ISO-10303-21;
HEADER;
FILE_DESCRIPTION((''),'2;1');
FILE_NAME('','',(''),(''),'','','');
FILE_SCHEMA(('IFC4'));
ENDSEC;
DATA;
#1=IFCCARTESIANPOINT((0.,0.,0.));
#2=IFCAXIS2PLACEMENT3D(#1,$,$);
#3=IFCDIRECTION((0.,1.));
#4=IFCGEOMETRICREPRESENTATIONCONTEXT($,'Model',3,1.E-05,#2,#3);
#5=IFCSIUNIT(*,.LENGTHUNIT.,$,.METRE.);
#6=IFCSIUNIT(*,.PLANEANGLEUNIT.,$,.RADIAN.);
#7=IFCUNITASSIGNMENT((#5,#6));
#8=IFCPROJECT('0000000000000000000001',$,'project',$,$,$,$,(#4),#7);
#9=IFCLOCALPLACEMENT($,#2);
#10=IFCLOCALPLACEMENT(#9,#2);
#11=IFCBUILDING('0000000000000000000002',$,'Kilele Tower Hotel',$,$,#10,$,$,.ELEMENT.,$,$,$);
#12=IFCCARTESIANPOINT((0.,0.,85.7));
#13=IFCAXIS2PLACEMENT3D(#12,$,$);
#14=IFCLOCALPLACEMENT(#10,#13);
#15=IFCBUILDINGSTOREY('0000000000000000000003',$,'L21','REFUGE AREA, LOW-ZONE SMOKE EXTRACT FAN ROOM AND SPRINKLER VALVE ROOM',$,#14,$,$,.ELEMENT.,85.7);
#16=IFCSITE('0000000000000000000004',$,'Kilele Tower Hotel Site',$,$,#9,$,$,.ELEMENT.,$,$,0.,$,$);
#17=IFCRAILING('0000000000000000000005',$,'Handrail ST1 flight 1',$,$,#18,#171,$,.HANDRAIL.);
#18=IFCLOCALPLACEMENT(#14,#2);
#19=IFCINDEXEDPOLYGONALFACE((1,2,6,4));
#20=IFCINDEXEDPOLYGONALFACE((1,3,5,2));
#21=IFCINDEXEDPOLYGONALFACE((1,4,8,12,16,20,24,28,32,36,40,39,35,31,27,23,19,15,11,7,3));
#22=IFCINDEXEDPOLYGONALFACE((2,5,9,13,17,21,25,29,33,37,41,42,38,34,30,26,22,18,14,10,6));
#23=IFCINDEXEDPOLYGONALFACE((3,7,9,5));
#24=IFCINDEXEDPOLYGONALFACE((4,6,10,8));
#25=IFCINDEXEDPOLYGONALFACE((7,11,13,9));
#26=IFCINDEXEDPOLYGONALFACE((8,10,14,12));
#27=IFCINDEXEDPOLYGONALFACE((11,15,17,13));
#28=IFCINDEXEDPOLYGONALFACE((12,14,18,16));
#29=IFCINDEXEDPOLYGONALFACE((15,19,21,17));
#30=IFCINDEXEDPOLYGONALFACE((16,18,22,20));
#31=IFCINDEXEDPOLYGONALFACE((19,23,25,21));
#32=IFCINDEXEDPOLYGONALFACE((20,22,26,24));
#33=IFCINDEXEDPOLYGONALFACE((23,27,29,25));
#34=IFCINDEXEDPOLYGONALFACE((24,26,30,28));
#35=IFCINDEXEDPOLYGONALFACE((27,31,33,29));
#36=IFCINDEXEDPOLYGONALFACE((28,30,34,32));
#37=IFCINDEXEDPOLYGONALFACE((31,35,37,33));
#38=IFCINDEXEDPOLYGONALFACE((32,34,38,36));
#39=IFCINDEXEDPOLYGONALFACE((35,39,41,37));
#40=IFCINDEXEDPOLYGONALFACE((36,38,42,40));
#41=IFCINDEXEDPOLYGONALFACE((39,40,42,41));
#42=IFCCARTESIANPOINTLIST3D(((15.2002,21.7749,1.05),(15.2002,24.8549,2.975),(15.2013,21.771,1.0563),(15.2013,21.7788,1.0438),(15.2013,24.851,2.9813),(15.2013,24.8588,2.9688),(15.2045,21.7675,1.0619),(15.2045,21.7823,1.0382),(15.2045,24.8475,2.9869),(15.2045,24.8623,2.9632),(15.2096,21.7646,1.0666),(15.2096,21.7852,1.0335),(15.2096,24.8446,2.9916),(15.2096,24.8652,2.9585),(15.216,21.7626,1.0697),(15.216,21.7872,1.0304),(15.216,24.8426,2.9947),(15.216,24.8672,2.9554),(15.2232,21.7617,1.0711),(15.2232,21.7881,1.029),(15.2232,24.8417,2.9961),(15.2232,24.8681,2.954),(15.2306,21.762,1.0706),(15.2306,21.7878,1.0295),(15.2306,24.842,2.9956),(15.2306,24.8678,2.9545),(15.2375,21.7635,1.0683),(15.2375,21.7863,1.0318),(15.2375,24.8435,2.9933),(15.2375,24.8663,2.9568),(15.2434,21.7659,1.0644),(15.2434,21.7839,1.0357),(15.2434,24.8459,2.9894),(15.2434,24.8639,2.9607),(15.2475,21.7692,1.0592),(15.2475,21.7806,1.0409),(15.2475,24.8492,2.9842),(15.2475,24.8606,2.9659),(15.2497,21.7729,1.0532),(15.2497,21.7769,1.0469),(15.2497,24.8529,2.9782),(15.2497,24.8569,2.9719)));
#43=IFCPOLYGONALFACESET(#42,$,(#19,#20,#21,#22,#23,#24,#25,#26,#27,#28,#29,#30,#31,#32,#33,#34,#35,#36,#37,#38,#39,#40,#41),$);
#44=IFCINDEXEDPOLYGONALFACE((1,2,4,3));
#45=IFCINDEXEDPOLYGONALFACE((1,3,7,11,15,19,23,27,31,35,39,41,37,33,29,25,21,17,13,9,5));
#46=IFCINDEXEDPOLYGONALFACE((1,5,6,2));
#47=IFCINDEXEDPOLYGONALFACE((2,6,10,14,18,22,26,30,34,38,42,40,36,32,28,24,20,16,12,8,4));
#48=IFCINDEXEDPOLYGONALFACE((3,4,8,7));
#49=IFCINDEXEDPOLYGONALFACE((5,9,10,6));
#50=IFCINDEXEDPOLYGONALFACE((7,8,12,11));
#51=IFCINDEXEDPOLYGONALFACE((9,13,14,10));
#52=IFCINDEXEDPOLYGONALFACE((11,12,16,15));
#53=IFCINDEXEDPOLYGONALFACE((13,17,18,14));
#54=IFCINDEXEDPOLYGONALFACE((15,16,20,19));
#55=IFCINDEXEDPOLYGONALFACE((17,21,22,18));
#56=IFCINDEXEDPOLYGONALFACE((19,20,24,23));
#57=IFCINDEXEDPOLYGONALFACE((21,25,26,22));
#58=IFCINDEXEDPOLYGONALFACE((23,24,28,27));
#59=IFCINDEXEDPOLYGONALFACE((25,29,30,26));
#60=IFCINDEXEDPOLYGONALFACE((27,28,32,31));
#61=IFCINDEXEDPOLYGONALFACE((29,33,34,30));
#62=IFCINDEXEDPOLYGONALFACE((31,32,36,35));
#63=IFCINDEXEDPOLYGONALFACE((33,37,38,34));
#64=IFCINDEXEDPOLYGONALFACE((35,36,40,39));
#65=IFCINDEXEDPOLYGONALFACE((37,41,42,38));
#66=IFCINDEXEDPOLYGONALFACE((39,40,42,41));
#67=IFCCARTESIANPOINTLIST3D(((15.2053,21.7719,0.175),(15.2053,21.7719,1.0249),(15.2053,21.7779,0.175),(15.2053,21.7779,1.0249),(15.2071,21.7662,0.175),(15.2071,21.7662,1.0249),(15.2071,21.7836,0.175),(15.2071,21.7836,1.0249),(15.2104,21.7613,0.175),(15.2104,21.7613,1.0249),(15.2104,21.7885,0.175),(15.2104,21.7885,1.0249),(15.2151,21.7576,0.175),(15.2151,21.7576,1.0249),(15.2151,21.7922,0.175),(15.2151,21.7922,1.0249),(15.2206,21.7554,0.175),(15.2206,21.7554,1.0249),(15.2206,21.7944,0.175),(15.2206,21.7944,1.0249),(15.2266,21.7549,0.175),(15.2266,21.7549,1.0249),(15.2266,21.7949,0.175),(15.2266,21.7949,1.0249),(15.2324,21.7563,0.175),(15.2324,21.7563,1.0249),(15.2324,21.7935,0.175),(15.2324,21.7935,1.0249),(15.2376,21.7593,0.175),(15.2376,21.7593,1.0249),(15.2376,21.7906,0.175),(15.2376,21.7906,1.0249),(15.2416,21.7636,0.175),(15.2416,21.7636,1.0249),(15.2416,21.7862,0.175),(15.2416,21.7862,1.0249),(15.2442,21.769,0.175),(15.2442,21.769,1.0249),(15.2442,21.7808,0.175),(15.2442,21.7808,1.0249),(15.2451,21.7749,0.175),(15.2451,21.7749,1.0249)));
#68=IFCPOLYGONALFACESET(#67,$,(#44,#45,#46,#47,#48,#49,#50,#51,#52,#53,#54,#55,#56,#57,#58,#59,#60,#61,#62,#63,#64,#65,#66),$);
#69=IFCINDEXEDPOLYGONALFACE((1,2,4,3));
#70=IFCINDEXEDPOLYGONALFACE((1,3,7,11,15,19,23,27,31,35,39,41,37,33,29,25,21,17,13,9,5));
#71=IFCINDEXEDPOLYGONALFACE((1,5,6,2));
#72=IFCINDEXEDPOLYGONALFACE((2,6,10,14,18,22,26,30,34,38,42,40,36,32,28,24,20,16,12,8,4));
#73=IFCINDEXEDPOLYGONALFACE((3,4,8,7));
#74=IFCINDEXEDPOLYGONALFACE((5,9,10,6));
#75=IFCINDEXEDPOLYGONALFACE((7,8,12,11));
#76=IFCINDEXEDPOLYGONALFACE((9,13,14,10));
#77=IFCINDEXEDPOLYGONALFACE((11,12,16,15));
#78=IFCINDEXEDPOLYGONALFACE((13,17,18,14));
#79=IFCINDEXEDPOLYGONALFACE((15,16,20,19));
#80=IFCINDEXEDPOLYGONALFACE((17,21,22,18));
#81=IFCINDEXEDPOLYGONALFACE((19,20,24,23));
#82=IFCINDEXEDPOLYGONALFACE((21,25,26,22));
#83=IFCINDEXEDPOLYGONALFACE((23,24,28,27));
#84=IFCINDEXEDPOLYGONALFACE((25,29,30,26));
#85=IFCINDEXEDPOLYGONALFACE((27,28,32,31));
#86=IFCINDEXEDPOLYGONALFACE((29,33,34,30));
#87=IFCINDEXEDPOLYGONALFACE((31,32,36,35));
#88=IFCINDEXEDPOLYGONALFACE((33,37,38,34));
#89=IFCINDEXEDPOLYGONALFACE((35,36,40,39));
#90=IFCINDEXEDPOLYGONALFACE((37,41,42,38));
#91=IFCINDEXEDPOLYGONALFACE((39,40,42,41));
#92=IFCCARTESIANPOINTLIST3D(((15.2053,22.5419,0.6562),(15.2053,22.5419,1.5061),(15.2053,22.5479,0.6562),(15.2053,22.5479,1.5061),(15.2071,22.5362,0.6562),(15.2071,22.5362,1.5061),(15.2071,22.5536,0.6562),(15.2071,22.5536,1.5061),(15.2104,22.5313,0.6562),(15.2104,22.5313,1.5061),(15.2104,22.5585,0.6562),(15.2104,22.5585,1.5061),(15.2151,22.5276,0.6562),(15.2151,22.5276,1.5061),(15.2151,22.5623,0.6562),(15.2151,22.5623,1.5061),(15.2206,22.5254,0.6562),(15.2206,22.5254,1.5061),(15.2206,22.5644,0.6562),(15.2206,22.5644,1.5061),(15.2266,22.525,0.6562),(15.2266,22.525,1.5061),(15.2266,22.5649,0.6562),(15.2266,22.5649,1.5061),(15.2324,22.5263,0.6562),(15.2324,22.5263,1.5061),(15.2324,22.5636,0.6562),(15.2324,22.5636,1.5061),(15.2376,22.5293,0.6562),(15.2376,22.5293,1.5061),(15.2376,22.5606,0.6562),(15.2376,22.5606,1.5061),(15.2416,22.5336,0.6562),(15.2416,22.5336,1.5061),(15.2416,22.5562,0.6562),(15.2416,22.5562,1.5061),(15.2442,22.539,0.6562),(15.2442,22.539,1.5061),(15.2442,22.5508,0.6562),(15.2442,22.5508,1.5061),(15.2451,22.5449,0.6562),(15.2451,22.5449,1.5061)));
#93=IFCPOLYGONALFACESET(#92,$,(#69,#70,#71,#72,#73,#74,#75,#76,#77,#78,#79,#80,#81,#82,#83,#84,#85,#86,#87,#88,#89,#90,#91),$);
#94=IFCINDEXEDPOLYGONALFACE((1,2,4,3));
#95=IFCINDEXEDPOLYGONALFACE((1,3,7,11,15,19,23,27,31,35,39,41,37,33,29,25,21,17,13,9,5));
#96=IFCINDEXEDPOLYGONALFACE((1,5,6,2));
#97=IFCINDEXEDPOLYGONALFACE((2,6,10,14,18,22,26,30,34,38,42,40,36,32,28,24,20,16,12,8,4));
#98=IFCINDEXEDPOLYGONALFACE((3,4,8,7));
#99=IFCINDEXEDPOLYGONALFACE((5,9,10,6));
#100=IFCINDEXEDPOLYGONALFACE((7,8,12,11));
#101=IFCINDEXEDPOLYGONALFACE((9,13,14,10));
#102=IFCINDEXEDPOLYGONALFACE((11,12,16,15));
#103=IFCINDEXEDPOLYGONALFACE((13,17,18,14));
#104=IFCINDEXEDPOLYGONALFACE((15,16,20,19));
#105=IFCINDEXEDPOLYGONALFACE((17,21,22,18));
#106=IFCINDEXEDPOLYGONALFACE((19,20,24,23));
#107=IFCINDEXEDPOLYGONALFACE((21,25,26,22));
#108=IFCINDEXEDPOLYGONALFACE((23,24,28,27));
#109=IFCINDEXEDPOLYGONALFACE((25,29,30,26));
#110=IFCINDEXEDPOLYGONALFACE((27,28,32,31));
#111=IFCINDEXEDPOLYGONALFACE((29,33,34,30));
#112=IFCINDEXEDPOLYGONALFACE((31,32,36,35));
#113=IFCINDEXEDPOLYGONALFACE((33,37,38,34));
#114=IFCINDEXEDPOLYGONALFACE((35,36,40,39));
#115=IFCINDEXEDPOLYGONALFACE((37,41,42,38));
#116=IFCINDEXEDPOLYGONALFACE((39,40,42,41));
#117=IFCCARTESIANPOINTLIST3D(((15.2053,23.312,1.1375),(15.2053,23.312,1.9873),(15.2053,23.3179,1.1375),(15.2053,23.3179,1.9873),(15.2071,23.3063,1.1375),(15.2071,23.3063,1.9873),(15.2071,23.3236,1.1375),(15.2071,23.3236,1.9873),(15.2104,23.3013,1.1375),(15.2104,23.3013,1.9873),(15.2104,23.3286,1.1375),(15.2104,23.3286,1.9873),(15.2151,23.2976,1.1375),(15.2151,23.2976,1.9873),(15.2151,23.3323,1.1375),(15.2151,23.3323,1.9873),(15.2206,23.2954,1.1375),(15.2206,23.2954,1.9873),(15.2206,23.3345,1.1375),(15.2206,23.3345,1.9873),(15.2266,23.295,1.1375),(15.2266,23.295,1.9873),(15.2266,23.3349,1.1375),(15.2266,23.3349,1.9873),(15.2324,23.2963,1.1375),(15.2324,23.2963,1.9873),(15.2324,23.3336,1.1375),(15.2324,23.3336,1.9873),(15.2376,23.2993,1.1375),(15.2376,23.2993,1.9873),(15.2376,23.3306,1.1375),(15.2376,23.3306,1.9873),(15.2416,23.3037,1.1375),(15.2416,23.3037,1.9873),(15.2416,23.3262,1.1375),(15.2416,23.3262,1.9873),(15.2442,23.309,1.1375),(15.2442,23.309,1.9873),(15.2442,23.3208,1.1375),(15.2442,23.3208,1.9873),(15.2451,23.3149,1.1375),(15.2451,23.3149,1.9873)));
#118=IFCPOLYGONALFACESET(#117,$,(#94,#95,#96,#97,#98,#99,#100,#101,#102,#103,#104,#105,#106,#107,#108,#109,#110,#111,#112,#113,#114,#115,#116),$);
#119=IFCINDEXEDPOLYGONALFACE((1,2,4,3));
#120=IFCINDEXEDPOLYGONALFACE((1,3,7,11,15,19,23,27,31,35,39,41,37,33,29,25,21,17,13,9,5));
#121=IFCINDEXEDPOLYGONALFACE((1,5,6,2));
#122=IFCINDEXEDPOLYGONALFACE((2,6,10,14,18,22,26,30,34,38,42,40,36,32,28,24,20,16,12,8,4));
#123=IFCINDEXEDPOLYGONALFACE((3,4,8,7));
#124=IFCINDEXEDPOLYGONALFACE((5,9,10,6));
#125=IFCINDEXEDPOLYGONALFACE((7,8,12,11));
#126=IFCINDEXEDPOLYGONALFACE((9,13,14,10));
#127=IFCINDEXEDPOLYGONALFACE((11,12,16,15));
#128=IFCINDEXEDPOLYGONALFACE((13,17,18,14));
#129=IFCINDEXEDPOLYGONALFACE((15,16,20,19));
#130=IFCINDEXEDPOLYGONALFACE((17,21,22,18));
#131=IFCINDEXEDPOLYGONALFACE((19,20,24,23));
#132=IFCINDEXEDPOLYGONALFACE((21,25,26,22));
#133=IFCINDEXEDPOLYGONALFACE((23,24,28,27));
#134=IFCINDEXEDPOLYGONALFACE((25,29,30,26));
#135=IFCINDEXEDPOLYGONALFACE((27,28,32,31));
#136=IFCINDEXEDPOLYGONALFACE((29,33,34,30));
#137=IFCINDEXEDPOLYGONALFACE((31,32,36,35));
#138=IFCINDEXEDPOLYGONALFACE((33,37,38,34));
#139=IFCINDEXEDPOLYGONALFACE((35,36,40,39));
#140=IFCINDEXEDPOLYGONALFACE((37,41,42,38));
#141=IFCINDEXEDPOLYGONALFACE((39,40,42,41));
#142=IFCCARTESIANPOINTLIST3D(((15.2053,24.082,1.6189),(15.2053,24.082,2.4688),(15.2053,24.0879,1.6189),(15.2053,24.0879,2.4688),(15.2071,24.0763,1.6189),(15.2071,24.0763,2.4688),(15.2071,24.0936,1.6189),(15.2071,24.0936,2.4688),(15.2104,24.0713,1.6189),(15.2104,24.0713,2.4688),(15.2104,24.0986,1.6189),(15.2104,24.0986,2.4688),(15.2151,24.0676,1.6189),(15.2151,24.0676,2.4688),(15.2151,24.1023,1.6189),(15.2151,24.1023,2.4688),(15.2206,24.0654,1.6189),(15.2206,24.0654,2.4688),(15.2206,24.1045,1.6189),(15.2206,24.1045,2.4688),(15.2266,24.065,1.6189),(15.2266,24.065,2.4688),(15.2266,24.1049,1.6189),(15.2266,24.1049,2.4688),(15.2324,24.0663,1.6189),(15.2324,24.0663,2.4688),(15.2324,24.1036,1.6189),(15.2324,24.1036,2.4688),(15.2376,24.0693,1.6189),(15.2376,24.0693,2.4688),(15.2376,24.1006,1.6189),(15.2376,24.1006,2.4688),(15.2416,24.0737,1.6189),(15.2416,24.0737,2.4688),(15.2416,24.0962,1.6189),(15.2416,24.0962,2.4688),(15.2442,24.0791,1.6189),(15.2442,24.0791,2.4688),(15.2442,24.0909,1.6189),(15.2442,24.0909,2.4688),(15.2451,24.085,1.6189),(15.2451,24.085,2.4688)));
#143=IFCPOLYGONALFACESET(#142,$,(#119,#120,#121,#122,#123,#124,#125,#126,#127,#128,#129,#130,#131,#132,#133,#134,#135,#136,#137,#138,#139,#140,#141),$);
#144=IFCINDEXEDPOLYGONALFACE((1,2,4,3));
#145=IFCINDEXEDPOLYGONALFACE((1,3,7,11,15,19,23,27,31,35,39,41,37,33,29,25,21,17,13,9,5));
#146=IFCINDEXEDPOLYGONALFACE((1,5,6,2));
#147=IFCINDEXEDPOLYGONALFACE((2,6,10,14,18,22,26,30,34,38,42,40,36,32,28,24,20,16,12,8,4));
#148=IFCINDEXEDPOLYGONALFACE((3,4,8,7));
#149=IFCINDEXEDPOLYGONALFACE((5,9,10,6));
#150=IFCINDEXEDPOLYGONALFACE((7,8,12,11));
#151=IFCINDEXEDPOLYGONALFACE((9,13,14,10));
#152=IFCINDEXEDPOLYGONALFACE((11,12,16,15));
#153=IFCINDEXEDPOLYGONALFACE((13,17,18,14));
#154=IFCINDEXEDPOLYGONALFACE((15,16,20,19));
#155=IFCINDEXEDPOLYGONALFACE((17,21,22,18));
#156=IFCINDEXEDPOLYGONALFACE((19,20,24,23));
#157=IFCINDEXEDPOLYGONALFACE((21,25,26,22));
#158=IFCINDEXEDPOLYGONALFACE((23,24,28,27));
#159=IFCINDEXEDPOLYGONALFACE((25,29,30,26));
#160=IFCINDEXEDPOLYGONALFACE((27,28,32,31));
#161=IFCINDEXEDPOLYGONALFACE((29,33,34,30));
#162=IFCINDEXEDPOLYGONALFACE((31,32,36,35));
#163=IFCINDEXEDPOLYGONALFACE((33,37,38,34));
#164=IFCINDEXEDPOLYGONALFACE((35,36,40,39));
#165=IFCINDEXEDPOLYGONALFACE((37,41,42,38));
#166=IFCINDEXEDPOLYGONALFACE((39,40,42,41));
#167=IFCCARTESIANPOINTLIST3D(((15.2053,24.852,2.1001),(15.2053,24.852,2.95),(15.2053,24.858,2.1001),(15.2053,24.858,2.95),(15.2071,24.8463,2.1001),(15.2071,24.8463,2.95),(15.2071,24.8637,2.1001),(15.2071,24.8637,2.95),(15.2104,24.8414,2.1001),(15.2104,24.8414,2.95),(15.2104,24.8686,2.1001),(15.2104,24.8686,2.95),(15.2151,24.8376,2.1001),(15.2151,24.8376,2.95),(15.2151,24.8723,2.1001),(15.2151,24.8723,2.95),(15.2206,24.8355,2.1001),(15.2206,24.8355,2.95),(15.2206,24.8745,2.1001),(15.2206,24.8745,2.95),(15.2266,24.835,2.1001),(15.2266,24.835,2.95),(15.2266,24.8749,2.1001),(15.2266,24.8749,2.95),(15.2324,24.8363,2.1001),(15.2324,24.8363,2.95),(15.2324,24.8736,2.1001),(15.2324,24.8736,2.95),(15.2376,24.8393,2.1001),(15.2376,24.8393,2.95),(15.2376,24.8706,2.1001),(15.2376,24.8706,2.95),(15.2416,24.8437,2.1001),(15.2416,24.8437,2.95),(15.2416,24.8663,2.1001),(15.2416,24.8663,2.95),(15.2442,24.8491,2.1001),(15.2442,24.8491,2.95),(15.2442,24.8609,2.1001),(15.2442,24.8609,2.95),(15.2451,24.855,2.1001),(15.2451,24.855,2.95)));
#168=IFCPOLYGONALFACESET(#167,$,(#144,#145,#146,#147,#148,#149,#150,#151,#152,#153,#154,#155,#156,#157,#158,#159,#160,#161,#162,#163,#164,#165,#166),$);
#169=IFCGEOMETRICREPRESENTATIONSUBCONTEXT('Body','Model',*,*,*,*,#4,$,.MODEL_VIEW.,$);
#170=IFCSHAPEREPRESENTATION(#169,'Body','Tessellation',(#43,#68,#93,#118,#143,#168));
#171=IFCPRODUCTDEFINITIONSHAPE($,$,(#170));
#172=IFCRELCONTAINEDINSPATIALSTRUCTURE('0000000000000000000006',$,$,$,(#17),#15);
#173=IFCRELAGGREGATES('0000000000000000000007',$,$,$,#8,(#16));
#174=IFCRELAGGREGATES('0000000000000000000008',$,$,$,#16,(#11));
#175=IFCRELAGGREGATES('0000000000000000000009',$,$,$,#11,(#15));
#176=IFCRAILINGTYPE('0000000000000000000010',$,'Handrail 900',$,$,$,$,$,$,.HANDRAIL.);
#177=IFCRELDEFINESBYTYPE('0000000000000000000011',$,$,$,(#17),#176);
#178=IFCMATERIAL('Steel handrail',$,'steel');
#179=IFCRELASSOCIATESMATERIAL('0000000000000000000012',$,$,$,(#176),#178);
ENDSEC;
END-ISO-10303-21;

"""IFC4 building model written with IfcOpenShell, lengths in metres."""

from ifc_helpers import new_model, si_unit, direction, frame, origin, origin_2d, place, context, subcontext, project, spatial, circle, extrude, material, type_object, element, save


model = new_model("IFC4")

# Units and contexts
model_context = context("Model", 3, precision=1e-05, world=origin(), true_north=direction((0.0, 1.0)))
body_context = subcontext(model_context, "Body", "Model", "MODEL_VIEW")
ifc_project = project(units=[si_unit("LENGTHUNIT", "METRE"), si_unit("PLANEANGLEUNIT", "RADIAN")], contexts=[model_context])

# Site, building, storey
site_placement = place(None, origin())
site = spatial("IfcSite", under=ifc_project, at=site_placement, Name="Kilele Tower Hotel Site", CompositionType="ELEMENT", RefElevation=0.0)
building_placement = place(site_placement, origin())
building = spatial("IfcBuilding", under=site, at=building_placement, Name="Kilele Tower Hotel", CompositionType="ELEMENT")
storey_placement = place(building_placement, frame((0.0, 0.0, 85.7)))
storey = spatial("IfcBuildingStorey", under=building, at=storey_placement, Name="L21", Description="REFUGE AREA, LOW-ZONE SMOKE EXTRACT FAN ROOM AND SPRINKLER VALVE ROOM", CompositionType="ELEMENT", Elevation=85.7)

# Railing
ifc_material_1 = material(Name="Steel handrail", Category="steel")
railing_type_1 = type_object("IfcRailingType", Name="Handrail 900", PredefinedType="HANDRAIL", material=ifc_material_1)
for number, where, name in (
    (1, (15.2251, 21.7749, 0.175), "Handrail ST1 flight 1"),
):
    element("IfcRailing", number, at=place(storey_placement, frame(where)), inside=storey, type_object=railing_type_1, Name=name, PredefinedType="HANDRAIL", context=body_context, shape_type="SweptSolid", body=[
        extrude(circle(Radius=0.0249, at=origin_2d()), frame((0.0, 0.0, 0.875), z_axis=(0.0, 0.847998, 0.529999), x_axis=(-1.0, 0.0, 0.0)), (0.0, 0.0, 1.0), 3.6321),
        extrude(circle(Radius=0.02, at=origin_2d()), origin(), (0.0, 0.0, 1.0), 0.8499),
        extrude(circle(Radius=0.02, at=origin_2d()), frame((0.0, 0.77, 0.4812)), (0.0, 0.0, 1.0), 0.8499),
        extrude(circle(Radius=0.02, at=origin_2d()), frame((0.0, 1.54, 0.9624)), (0.0, 0.0, 1.0), 0.8499),
        extrude(circle(Radius=0.02, at=origin_2d()), frame((0.0, 2.3101, 1.4438)), (0.0, 0.0, 1.0), 0.8499),
        extrude(circle(Radius=0.02, at=origin_2d()), frame((0.0, 3.0801, 1.925)), (0.0, 0.0, 1.0), 0.8499),
    ])

save(model, "model.ifc")
